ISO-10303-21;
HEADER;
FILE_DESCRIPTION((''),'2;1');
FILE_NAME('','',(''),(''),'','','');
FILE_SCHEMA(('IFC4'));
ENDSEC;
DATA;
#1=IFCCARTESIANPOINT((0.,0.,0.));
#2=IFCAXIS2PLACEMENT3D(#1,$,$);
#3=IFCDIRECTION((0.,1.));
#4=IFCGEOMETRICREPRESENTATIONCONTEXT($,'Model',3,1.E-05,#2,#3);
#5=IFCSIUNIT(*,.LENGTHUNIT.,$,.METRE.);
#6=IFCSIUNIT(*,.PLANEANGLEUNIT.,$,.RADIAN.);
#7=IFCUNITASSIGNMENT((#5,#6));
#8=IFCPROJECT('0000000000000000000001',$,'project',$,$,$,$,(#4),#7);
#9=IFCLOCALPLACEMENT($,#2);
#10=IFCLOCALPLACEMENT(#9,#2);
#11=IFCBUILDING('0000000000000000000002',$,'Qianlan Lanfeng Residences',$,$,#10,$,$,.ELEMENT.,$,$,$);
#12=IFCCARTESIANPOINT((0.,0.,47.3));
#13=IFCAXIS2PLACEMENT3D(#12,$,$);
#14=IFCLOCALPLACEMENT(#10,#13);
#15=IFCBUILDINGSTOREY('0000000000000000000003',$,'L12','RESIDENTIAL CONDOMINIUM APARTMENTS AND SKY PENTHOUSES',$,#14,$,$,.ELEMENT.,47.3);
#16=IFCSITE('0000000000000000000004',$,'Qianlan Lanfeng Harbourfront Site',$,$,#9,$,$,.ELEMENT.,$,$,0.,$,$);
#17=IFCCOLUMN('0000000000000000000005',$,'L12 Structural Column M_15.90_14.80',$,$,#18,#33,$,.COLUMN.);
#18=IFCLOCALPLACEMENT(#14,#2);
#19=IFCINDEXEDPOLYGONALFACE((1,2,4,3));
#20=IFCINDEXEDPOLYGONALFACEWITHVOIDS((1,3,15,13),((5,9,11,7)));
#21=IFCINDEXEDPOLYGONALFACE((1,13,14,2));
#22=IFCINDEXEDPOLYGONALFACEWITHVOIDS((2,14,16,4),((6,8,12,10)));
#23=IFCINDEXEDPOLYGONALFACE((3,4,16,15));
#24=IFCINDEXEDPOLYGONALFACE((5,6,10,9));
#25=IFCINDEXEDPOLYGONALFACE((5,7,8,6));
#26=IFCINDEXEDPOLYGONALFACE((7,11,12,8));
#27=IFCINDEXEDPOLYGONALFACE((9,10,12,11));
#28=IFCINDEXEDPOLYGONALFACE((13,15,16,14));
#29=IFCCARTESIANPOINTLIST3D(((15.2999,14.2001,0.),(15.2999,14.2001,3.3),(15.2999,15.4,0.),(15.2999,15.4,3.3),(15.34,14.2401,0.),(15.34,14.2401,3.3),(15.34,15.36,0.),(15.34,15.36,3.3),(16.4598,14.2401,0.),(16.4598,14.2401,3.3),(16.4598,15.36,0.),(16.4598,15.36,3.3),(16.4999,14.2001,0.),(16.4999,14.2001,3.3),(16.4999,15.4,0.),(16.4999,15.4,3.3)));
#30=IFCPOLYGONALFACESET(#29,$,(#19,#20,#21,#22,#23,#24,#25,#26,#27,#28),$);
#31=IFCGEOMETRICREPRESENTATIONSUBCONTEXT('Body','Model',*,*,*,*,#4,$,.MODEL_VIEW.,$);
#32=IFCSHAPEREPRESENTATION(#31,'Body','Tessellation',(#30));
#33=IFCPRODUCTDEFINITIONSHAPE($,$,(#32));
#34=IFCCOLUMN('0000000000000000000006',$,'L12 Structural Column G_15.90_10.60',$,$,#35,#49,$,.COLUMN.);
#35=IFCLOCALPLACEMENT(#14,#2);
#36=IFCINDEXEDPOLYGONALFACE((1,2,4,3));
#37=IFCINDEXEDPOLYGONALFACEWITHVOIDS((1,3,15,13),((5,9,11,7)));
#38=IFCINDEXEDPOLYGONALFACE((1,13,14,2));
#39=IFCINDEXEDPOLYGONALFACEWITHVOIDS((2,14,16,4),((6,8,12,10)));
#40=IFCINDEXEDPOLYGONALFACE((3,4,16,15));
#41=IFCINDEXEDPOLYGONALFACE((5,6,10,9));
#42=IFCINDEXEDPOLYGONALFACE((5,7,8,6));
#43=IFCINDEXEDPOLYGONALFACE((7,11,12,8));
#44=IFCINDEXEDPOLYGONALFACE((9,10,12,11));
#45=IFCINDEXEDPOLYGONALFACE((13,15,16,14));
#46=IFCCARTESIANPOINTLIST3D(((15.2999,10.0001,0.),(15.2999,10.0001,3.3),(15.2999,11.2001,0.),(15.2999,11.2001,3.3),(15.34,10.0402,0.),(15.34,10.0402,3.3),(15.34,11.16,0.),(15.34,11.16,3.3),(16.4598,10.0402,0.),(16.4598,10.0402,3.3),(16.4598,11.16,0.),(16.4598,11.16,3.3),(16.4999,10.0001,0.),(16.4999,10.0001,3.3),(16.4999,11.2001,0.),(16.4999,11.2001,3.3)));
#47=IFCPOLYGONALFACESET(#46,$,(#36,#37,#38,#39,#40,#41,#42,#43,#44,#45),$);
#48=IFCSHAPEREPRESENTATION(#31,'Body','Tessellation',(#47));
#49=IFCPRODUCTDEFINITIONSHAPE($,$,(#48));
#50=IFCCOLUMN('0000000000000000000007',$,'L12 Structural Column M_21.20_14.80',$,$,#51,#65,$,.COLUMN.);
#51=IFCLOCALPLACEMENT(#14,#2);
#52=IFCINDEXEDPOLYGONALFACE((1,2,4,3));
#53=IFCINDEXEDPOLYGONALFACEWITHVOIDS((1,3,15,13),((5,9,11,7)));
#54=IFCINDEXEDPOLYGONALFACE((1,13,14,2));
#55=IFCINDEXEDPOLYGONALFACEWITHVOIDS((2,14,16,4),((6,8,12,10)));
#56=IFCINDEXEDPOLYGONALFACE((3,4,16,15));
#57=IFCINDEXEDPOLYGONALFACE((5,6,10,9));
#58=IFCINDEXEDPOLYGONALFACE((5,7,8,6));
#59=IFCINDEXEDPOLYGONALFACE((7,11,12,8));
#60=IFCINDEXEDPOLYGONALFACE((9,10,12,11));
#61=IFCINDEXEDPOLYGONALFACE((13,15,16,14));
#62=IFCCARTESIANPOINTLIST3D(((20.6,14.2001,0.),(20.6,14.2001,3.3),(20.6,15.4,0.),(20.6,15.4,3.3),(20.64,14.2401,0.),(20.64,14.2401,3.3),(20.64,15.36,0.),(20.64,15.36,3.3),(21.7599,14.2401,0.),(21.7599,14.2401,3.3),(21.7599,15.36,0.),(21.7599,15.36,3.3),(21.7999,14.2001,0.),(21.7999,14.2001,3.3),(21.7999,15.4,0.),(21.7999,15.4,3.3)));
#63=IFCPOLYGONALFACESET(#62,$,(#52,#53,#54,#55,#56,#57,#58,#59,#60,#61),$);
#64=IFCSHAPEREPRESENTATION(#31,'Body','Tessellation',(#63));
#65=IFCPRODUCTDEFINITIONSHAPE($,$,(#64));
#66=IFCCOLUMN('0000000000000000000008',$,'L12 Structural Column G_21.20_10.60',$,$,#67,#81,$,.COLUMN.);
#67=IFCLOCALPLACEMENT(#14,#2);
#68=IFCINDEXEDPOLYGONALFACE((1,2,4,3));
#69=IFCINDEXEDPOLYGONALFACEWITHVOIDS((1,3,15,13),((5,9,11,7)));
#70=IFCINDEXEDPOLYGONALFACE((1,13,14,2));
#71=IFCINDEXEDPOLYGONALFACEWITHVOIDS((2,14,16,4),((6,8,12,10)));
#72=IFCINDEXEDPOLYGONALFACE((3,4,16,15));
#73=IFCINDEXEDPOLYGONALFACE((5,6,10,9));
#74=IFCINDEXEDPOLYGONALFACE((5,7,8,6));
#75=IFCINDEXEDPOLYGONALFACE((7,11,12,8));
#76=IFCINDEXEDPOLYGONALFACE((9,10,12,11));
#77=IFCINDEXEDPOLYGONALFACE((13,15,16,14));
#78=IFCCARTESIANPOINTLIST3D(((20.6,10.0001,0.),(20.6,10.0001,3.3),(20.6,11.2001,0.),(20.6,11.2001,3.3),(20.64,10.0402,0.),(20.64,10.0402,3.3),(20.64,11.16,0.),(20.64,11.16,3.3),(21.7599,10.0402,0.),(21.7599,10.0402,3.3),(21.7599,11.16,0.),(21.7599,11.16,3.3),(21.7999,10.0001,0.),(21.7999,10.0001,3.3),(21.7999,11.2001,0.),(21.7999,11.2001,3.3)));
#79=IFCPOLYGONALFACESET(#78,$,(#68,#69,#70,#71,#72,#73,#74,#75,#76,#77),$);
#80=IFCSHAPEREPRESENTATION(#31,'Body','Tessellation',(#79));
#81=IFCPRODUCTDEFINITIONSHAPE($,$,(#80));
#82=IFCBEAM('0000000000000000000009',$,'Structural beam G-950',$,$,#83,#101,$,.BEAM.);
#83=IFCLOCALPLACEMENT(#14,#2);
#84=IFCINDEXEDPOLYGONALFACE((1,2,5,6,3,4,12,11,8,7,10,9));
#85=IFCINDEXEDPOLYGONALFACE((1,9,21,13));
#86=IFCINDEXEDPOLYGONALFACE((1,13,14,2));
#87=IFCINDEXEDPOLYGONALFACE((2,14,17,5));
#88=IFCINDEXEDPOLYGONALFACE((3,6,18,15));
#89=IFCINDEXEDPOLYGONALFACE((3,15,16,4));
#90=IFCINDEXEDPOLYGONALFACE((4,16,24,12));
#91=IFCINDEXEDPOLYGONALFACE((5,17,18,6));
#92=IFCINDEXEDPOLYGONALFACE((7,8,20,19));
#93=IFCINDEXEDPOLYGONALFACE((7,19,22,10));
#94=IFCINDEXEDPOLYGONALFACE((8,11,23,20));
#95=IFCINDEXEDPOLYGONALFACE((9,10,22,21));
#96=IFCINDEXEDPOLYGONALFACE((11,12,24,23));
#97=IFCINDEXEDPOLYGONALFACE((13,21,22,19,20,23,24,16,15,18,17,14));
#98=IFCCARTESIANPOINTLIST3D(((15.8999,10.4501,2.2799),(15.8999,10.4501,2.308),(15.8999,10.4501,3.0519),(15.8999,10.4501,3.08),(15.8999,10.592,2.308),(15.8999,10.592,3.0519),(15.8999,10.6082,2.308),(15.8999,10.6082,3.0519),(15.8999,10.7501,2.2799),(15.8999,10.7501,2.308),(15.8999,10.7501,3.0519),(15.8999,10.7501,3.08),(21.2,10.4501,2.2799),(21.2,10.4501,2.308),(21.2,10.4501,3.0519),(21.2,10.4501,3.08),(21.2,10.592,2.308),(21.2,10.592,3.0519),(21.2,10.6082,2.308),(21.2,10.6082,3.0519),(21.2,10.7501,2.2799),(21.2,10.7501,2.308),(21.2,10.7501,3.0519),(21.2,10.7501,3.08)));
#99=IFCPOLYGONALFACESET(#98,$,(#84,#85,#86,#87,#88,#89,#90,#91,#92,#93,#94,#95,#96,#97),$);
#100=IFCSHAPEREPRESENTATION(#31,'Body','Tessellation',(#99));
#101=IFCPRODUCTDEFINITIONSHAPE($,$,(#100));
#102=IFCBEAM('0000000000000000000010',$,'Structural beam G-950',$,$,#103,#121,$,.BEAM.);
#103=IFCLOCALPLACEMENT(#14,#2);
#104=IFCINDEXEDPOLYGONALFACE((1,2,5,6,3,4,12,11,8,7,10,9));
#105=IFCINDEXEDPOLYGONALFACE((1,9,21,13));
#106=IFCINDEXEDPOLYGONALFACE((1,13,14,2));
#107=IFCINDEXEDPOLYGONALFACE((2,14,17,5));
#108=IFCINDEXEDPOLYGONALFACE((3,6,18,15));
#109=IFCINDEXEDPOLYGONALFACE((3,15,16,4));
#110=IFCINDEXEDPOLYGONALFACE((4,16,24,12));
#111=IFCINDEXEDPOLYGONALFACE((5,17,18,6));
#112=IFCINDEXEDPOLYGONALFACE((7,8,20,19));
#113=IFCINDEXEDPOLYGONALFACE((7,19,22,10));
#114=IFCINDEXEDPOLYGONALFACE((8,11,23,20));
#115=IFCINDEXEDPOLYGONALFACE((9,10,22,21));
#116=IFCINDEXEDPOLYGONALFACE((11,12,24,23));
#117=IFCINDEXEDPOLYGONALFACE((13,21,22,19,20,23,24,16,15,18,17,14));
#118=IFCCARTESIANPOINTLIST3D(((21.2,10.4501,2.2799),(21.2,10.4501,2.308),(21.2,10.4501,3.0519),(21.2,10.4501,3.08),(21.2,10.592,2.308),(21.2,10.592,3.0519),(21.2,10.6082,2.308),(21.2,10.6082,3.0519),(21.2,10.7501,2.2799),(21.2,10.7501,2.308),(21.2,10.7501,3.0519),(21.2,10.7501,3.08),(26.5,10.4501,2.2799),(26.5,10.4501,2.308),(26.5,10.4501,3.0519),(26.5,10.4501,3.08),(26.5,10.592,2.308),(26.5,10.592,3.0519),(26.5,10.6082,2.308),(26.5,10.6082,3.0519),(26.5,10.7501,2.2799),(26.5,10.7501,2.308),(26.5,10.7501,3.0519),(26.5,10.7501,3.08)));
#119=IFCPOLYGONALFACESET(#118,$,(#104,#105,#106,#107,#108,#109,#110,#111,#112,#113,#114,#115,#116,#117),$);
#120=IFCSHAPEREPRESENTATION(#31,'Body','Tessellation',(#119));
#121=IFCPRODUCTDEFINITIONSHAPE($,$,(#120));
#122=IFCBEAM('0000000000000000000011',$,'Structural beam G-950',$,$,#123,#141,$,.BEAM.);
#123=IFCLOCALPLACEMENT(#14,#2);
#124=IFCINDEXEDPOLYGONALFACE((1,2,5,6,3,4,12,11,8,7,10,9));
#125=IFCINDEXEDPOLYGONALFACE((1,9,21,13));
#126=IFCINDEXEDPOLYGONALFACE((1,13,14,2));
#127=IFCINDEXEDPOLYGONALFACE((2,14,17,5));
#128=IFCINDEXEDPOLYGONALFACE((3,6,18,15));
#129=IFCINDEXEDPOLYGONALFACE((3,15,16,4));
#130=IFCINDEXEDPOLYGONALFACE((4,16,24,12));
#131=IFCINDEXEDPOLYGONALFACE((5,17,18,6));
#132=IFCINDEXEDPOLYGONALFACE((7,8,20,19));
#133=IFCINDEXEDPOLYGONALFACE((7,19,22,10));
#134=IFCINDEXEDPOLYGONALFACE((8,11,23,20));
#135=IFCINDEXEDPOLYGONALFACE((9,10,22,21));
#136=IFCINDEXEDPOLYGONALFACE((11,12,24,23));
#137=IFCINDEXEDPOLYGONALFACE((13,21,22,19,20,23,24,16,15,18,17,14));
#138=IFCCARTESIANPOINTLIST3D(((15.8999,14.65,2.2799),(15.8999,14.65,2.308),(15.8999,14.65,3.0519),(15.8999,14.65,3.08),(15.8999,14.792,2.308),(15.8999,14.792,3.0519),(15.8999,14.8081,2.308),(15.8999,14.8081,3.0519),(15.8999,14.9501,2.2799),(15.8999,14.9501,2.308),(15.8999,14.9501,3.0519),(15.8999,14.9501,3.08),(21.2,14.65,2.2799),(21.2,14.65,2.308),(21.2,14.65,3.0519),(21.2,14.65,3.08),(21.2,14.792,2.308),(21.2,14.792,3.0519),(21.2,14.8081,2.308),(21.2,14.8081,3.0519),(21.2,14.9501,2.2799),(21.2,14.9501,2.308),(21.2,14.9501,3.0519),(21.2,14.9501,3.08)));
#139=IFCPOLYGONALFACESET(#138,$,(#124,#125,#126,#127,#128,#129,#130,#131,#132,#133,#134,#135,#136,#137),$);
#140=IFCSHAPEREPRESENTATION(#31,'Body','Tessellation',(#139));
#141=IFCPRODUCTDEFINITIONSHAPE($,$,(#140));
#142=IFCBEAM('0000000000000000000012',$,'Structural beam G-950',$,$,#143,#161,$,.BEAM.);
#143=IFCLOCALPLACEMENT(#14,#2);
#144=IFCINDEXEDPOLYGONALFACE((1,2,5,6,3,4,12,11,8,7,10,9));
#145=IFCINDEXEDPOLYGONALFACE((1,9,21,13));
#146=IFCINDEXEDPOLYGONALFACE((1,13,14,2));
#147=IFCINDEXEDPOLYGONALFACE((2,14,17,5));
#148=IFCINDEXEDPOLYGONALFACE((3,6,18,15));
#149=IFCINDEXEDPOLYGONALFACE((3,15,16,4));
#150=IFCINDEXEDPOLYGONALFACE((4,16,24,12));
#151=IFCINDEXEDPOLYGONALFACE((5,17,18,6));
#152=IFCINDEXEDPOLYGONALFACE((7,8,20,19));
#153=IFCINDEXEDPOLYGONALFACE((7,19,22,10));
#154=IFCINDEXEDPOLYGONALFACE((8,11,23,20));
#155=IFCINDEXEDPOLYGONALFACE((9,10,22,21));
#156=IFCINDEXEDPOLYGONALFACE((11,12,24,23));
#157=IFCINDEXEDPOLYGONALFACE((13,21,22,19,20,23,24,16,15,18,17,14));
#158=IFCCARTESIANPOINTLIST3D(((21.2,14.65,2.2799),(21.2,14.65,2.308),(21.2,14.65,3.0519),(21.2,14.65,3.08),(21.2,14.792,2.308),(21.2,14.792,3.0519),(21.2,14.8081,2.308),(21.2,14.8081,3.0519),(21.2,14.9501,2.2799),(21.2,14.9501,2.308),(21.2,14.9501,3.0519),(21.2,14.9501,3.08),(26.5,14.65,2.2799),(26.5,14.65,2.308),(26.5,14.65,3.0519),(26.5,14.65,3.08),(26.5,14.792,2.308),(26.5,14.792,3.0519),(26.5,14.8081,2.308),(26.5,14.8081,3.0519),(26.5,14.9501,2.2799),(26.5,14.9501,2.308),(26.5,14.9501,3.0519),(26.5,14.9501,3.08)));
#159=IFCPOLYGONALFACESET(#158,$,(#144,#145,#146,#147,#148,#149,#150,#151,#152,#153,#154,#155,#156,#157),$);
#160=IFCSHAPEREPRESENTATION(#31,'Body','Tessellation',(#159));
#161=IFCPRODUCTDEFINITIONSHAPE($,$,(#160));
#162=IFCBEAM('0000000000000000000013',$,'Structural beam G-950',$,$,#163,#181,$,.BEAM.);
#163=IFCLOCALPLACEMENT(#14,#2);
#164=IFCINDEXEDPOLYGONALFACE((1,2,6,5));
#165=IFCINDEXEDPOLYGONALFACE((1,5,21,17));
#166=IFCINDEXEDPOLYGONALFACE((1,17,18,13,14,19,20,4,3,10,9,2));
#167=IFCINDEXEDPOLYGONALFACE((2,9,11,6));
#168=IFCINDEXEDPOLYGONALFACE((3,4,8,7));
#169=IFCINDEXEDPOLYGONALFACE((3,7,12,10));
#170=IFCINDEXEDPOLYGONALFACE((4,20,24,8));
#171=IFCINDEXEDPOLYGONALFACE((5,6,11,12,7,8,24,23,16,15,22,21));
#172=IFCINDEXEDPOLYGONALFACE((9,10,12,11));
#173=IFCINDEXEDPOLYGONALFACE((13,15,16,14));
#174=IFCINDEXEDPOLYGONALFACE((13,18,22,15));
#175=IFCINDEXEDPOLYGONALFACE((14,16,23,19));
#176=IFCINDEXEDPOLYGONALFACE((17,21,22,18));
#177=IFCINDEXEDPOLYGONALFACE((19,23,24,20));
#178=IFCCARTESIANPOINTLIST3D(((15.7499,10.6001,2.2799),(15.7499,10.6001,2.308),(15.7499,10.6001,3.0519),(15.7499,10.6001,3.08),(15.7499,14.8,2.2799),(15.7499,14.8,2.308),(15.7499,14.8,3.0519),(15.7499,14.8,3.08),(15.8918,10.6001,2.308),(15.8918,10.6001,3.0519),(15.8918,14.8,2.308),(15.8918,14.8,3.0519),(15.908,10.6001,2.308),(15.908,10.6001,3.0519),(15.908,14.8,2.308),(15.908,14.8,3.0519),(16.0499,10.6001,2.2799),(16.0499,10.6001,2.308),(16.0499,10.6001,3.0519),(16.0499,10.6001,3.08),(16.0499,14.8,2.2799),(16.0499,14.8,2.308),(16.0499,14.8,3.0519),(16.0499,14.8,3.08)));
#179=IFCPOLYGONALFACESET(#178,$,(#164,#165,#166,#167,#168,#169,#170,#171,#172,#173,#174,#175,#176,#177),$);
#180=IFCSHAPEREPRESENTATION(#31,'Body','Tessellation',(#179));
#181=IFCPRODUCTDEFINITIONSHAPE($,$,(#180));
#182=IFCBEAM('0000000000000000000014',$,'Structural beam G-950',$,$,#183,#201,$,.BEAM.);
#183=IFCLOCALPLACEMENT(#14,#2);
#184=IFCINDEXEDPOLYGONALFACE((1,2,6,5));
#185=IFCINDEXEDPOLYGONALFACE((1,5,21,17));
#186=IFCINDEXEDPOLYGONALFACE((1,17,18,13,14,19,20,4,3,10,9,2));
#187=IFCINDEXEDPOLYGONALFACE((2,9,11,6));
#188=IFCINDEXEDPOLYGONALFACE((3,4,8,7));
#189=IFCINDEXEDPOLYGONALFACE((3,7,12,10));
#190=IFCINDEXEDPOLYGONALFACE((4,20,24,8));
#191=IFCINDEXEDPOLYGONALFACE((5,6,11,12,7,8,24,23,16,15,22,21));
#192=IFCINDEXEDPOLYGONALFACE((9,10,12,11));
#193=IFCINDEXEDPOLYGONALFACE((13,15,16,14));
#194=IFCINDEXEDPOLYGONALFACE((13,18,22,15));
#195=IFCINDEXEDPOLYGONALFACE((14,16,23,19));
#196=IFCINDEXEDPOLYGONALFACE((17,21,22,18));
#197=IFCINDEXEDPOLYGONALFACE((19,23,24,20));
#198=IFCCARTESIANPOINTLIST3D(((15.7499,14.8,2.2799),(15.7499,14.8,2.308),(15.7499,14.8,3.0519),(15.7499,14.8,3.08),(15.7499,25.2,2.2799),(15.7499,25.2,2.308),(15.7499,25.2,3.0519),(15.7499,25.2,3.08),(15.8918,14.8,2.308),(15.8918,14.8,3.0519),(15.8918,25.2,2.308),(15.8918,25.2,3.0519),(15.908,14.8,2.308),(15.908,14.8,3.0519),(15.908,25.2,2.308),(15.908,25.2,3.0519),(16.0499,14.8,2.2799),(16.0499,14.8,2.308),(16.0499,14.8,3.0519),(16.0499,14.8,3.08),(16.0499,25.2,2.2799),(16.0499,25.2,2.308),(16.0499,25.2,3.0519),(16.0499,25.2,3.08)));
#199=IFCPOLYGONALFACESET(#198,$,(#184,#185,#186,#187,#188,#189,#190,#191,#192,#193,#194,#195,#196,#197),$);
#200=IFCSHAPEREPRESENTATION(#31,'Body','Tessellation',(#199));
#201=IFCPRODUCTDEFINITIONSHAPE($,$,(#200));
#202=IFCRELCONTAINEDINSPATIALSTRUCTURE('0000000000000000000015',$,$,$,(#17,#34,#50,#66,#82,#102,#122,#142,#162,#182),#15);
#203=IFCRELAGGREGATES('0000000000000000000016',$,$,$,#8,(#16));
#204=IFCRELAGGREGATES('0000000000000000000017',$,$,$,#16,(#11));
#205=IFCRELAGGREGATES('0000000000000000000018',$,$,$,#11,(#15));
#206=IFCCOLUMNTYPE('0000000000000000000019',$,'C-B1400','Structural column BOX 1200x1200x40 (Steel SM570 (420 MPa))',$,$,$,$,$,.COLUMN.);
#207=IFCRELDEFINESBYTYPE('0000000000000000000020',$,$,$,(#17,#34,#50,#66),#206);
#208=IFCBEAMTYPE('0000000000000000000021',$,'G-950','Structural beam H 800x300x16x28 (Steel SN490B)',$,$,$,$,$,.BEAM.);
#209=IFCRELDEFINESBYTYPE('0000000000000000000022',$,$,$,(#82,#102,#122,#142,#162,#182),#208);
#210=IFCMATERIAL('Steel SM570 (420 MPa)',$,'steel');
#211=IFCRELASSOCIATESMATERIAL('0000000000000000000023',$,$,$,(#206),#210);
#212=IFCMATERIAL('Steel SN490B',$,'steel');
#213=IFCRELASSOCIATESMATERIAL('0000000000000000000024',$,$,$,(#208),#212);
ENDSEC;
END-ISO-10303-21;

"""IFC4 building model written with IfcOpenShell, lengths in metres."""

from ifc_helpers import new_model, si_unit, direction, frame, origin, origin_2d, place, context, subcontext, project, spatial, hollow_rectangle, i_section, extrude, material, material_profile, profile_set, type_object, element, save


model = new_model("IFC4")

# Units and contexts
model_context = context("Model", 3, precision=1e-05, world=origin(), true_north=direction((0.0, 1.0)))
body_context = subcontext(model_context, "Body", "Model", "MODEL_VIEW")
ifc_project = project(units=[si_unit("LENGTHUNIT", "METRE"), si_unit("PLANEANGLEUNIT", "RADIAN")], contexts=[model_context])

# Site, building, storey
site_placement = place(None, origin())
site = spatial("IfcSite", under=ifc_project, at=site_placement, Name="Qianlan Lanfeng Harbourfront Site", CompositionType="ELEMENT", RefElevation=0.0)
building_placement = place(site_placement, origin())
building = spatial("IfcBuilding", under=site, at=building_placement, Name="Qianlan Lanfeng Residences", CompositionType="ELEMENT")
storey_placement = place(building_placement, frame((0.0, 0.0, 47.3)))
storey = spatial("IfcBuildingStorey", under=building, at=storey_placement, Name="L12", Description="RESIDENTIAL CONDOMINIUM APARTMENTS AND SKY PENTHOUSES", CompositionType="ELEMENT", Elevation=47.3)

# Columns
ifc_material_1 = material(Name="Steel SM570 (420 MPa)", Category="steel")
ifc_material_profile_1 = material_profile(ifc_material_1, hollow_rectangle(XDim=1.2, YDim=1.2, WallThickness=0.04, at=origin_2d()), Name="BOX 1200x1200x40")
ifc_profile_set_1 = profile_set([ifc_material_profile_1], Name="Steel SM570 (420 MPa)")
column_type = type_object("IfcColumnType", Name="C-B1400", Description="Structural column BOX 1200x1200x40 (Steel SM570 (420 MPa))", PredefinedType="COLUMN", material=ifc_profile_set_1)
for number, where, z_axis, x_axis, name in (
    (1, (15.8999, 14.8, 0.0), (0.0, 0.0, 1.0), (1.0, 0.0, 0.0), "L12 Structural Column M_15.90_14.80"),
    (2, (15.8999, 10.6001, 0.0), (0.0, 0.0, 1.0), (1.0, 0.0, 0.0), "L12 Structural Column G_15.90_10.60"),
    (3, (21.2, 14.8, 0.0), (0.0, 0.0, 1.0), (1.0, 0.0, 0.0), "L12 Structural Column M_21.20_14.80"),
    (4, (21.2, 10.6001, 0.0), (0.0, 0.0, 1.0), (1.0, 0.0, 0.0), "L12 Structural Column G_21.20_10.60"),
):
    element("IfcColumn", number, at=place(storey_placement, frame(where, z_axis=z_axis, x_axis=x_axis)), inside=storey, type_object=column_type, Name=name, PredefinedType="COLUMN", context=body_context, shape_type="SweptSolid", body=[
        extrude(hollow_rectangle(XDim=1.2, YDim=1.2, WallThickness=0.04, at=origin_2d()), origin(), (0.0, 0.0, 1.0), 3.3),
    ])

# Beams
ifc_material_2 = material(Name="Steel SN490B", Category="steel")
ifc_material_profile_2 = material_profile(ifc_material_2, i_section(OverallWidth=0.3, OverallDepth=0.8, WebThickness=0.0161, FlangeThickness=0.0281, at=origin_2d()), Name="H 800x300x16x28")
ifc_profile_set_2 = profile_set([ifc_material_profile_2], Name="Steel SN490B")
beam_type_1 = type_object("IfcBeamType", Name="G-950", Description="Structural beam H 800x300x16x28 (Steel SN490B)", PredefinedType="BEAM", material=ifc_profile_set_2)
for number, where, z_axis, x_axis, name in (
    (5, (15.8999, 10.6001, 2.6799), (1.0, 0.0, 0.0), (0.0, 1.0, 0.0), "Structural beam G-950"),
    (6, (21.2, 10.6001, 2.6799), (1.0, 0.0, 0.0), (0.0, 1.0, 0.0), "Structural beam G-950"),
    (7, (15.8999, 14.8, 2.6799), (1.0, 0.0, 0.0), (0.0, 1.0, 0.0), "Structural beam G-950"),
    (8, (21.2, 14.8, 2.6799), (1.0, 0.0, 0.0), (0.0, 1.0, 0.0), "Structural beam G-950"),
):
    element("IfcBeam", number, at=place(storey_placement, frame(where, z_axis=z_axis, x_axis=x_axis)), inside=storey, type_object=beam_type_1, Name=name, PredefinedType="BEAM", context=body_context, shape_type="SweptSolid", body=[
        extrude(i_section(OverallWidth=0.3, OverallDepth=0.8, WebThickness=0.0161, FlangeThickness=0.0281, at=origin_2d()), origin(), (0.0, 0.0, 1.0), 5.3),
    ])
beam_1_placement = place(storey_placement, frame((15.8999, 10.6001, 2.6799), z_axis=(0.0, 1.0, 0.0), x_axis=(-1.0, 0.0, 0.0)))
element("IfcBeam", 9, at=beam_1_placement, inside=storey, type_object=beam_type_1, Name="Structural beam G-950", PredefinedType="BEAM", context=body_context, shape_type="SweptSolid", body=[
    extrude(i_section(OverallWidth=0.3, OverallDepth=0.8, WebThickness=0.0161, FlangeThickness=0.0281, at=origin_2d()), origin(), (0.0, 0.0, 1.0), 4.2),
])
beam_2_placement = place(storey_placement, frame((15.8999, 14.8, 2.6799), z_axis=(0.0, 1.0, 0.0), x_axis=(-1.0, 0.0, 0.0)))
element("IfcBeam", 10, at=beam_2_placement, inside=storey, type_object=beam_type_1, Name="Structural beam G-950", PredefinedType="BEAM", context=body_context, shape_type="SweptSolid", body=[
    extrude(i_section(OverallWidth=0.3, OverallDepth=0.8, WebThickness=0.0161, FlangeThickness=0.0281, at=origin_2d()), origin(), (0.0, 0.0, 1.0), 10.3999),
])

save(model, "model.ifc")
